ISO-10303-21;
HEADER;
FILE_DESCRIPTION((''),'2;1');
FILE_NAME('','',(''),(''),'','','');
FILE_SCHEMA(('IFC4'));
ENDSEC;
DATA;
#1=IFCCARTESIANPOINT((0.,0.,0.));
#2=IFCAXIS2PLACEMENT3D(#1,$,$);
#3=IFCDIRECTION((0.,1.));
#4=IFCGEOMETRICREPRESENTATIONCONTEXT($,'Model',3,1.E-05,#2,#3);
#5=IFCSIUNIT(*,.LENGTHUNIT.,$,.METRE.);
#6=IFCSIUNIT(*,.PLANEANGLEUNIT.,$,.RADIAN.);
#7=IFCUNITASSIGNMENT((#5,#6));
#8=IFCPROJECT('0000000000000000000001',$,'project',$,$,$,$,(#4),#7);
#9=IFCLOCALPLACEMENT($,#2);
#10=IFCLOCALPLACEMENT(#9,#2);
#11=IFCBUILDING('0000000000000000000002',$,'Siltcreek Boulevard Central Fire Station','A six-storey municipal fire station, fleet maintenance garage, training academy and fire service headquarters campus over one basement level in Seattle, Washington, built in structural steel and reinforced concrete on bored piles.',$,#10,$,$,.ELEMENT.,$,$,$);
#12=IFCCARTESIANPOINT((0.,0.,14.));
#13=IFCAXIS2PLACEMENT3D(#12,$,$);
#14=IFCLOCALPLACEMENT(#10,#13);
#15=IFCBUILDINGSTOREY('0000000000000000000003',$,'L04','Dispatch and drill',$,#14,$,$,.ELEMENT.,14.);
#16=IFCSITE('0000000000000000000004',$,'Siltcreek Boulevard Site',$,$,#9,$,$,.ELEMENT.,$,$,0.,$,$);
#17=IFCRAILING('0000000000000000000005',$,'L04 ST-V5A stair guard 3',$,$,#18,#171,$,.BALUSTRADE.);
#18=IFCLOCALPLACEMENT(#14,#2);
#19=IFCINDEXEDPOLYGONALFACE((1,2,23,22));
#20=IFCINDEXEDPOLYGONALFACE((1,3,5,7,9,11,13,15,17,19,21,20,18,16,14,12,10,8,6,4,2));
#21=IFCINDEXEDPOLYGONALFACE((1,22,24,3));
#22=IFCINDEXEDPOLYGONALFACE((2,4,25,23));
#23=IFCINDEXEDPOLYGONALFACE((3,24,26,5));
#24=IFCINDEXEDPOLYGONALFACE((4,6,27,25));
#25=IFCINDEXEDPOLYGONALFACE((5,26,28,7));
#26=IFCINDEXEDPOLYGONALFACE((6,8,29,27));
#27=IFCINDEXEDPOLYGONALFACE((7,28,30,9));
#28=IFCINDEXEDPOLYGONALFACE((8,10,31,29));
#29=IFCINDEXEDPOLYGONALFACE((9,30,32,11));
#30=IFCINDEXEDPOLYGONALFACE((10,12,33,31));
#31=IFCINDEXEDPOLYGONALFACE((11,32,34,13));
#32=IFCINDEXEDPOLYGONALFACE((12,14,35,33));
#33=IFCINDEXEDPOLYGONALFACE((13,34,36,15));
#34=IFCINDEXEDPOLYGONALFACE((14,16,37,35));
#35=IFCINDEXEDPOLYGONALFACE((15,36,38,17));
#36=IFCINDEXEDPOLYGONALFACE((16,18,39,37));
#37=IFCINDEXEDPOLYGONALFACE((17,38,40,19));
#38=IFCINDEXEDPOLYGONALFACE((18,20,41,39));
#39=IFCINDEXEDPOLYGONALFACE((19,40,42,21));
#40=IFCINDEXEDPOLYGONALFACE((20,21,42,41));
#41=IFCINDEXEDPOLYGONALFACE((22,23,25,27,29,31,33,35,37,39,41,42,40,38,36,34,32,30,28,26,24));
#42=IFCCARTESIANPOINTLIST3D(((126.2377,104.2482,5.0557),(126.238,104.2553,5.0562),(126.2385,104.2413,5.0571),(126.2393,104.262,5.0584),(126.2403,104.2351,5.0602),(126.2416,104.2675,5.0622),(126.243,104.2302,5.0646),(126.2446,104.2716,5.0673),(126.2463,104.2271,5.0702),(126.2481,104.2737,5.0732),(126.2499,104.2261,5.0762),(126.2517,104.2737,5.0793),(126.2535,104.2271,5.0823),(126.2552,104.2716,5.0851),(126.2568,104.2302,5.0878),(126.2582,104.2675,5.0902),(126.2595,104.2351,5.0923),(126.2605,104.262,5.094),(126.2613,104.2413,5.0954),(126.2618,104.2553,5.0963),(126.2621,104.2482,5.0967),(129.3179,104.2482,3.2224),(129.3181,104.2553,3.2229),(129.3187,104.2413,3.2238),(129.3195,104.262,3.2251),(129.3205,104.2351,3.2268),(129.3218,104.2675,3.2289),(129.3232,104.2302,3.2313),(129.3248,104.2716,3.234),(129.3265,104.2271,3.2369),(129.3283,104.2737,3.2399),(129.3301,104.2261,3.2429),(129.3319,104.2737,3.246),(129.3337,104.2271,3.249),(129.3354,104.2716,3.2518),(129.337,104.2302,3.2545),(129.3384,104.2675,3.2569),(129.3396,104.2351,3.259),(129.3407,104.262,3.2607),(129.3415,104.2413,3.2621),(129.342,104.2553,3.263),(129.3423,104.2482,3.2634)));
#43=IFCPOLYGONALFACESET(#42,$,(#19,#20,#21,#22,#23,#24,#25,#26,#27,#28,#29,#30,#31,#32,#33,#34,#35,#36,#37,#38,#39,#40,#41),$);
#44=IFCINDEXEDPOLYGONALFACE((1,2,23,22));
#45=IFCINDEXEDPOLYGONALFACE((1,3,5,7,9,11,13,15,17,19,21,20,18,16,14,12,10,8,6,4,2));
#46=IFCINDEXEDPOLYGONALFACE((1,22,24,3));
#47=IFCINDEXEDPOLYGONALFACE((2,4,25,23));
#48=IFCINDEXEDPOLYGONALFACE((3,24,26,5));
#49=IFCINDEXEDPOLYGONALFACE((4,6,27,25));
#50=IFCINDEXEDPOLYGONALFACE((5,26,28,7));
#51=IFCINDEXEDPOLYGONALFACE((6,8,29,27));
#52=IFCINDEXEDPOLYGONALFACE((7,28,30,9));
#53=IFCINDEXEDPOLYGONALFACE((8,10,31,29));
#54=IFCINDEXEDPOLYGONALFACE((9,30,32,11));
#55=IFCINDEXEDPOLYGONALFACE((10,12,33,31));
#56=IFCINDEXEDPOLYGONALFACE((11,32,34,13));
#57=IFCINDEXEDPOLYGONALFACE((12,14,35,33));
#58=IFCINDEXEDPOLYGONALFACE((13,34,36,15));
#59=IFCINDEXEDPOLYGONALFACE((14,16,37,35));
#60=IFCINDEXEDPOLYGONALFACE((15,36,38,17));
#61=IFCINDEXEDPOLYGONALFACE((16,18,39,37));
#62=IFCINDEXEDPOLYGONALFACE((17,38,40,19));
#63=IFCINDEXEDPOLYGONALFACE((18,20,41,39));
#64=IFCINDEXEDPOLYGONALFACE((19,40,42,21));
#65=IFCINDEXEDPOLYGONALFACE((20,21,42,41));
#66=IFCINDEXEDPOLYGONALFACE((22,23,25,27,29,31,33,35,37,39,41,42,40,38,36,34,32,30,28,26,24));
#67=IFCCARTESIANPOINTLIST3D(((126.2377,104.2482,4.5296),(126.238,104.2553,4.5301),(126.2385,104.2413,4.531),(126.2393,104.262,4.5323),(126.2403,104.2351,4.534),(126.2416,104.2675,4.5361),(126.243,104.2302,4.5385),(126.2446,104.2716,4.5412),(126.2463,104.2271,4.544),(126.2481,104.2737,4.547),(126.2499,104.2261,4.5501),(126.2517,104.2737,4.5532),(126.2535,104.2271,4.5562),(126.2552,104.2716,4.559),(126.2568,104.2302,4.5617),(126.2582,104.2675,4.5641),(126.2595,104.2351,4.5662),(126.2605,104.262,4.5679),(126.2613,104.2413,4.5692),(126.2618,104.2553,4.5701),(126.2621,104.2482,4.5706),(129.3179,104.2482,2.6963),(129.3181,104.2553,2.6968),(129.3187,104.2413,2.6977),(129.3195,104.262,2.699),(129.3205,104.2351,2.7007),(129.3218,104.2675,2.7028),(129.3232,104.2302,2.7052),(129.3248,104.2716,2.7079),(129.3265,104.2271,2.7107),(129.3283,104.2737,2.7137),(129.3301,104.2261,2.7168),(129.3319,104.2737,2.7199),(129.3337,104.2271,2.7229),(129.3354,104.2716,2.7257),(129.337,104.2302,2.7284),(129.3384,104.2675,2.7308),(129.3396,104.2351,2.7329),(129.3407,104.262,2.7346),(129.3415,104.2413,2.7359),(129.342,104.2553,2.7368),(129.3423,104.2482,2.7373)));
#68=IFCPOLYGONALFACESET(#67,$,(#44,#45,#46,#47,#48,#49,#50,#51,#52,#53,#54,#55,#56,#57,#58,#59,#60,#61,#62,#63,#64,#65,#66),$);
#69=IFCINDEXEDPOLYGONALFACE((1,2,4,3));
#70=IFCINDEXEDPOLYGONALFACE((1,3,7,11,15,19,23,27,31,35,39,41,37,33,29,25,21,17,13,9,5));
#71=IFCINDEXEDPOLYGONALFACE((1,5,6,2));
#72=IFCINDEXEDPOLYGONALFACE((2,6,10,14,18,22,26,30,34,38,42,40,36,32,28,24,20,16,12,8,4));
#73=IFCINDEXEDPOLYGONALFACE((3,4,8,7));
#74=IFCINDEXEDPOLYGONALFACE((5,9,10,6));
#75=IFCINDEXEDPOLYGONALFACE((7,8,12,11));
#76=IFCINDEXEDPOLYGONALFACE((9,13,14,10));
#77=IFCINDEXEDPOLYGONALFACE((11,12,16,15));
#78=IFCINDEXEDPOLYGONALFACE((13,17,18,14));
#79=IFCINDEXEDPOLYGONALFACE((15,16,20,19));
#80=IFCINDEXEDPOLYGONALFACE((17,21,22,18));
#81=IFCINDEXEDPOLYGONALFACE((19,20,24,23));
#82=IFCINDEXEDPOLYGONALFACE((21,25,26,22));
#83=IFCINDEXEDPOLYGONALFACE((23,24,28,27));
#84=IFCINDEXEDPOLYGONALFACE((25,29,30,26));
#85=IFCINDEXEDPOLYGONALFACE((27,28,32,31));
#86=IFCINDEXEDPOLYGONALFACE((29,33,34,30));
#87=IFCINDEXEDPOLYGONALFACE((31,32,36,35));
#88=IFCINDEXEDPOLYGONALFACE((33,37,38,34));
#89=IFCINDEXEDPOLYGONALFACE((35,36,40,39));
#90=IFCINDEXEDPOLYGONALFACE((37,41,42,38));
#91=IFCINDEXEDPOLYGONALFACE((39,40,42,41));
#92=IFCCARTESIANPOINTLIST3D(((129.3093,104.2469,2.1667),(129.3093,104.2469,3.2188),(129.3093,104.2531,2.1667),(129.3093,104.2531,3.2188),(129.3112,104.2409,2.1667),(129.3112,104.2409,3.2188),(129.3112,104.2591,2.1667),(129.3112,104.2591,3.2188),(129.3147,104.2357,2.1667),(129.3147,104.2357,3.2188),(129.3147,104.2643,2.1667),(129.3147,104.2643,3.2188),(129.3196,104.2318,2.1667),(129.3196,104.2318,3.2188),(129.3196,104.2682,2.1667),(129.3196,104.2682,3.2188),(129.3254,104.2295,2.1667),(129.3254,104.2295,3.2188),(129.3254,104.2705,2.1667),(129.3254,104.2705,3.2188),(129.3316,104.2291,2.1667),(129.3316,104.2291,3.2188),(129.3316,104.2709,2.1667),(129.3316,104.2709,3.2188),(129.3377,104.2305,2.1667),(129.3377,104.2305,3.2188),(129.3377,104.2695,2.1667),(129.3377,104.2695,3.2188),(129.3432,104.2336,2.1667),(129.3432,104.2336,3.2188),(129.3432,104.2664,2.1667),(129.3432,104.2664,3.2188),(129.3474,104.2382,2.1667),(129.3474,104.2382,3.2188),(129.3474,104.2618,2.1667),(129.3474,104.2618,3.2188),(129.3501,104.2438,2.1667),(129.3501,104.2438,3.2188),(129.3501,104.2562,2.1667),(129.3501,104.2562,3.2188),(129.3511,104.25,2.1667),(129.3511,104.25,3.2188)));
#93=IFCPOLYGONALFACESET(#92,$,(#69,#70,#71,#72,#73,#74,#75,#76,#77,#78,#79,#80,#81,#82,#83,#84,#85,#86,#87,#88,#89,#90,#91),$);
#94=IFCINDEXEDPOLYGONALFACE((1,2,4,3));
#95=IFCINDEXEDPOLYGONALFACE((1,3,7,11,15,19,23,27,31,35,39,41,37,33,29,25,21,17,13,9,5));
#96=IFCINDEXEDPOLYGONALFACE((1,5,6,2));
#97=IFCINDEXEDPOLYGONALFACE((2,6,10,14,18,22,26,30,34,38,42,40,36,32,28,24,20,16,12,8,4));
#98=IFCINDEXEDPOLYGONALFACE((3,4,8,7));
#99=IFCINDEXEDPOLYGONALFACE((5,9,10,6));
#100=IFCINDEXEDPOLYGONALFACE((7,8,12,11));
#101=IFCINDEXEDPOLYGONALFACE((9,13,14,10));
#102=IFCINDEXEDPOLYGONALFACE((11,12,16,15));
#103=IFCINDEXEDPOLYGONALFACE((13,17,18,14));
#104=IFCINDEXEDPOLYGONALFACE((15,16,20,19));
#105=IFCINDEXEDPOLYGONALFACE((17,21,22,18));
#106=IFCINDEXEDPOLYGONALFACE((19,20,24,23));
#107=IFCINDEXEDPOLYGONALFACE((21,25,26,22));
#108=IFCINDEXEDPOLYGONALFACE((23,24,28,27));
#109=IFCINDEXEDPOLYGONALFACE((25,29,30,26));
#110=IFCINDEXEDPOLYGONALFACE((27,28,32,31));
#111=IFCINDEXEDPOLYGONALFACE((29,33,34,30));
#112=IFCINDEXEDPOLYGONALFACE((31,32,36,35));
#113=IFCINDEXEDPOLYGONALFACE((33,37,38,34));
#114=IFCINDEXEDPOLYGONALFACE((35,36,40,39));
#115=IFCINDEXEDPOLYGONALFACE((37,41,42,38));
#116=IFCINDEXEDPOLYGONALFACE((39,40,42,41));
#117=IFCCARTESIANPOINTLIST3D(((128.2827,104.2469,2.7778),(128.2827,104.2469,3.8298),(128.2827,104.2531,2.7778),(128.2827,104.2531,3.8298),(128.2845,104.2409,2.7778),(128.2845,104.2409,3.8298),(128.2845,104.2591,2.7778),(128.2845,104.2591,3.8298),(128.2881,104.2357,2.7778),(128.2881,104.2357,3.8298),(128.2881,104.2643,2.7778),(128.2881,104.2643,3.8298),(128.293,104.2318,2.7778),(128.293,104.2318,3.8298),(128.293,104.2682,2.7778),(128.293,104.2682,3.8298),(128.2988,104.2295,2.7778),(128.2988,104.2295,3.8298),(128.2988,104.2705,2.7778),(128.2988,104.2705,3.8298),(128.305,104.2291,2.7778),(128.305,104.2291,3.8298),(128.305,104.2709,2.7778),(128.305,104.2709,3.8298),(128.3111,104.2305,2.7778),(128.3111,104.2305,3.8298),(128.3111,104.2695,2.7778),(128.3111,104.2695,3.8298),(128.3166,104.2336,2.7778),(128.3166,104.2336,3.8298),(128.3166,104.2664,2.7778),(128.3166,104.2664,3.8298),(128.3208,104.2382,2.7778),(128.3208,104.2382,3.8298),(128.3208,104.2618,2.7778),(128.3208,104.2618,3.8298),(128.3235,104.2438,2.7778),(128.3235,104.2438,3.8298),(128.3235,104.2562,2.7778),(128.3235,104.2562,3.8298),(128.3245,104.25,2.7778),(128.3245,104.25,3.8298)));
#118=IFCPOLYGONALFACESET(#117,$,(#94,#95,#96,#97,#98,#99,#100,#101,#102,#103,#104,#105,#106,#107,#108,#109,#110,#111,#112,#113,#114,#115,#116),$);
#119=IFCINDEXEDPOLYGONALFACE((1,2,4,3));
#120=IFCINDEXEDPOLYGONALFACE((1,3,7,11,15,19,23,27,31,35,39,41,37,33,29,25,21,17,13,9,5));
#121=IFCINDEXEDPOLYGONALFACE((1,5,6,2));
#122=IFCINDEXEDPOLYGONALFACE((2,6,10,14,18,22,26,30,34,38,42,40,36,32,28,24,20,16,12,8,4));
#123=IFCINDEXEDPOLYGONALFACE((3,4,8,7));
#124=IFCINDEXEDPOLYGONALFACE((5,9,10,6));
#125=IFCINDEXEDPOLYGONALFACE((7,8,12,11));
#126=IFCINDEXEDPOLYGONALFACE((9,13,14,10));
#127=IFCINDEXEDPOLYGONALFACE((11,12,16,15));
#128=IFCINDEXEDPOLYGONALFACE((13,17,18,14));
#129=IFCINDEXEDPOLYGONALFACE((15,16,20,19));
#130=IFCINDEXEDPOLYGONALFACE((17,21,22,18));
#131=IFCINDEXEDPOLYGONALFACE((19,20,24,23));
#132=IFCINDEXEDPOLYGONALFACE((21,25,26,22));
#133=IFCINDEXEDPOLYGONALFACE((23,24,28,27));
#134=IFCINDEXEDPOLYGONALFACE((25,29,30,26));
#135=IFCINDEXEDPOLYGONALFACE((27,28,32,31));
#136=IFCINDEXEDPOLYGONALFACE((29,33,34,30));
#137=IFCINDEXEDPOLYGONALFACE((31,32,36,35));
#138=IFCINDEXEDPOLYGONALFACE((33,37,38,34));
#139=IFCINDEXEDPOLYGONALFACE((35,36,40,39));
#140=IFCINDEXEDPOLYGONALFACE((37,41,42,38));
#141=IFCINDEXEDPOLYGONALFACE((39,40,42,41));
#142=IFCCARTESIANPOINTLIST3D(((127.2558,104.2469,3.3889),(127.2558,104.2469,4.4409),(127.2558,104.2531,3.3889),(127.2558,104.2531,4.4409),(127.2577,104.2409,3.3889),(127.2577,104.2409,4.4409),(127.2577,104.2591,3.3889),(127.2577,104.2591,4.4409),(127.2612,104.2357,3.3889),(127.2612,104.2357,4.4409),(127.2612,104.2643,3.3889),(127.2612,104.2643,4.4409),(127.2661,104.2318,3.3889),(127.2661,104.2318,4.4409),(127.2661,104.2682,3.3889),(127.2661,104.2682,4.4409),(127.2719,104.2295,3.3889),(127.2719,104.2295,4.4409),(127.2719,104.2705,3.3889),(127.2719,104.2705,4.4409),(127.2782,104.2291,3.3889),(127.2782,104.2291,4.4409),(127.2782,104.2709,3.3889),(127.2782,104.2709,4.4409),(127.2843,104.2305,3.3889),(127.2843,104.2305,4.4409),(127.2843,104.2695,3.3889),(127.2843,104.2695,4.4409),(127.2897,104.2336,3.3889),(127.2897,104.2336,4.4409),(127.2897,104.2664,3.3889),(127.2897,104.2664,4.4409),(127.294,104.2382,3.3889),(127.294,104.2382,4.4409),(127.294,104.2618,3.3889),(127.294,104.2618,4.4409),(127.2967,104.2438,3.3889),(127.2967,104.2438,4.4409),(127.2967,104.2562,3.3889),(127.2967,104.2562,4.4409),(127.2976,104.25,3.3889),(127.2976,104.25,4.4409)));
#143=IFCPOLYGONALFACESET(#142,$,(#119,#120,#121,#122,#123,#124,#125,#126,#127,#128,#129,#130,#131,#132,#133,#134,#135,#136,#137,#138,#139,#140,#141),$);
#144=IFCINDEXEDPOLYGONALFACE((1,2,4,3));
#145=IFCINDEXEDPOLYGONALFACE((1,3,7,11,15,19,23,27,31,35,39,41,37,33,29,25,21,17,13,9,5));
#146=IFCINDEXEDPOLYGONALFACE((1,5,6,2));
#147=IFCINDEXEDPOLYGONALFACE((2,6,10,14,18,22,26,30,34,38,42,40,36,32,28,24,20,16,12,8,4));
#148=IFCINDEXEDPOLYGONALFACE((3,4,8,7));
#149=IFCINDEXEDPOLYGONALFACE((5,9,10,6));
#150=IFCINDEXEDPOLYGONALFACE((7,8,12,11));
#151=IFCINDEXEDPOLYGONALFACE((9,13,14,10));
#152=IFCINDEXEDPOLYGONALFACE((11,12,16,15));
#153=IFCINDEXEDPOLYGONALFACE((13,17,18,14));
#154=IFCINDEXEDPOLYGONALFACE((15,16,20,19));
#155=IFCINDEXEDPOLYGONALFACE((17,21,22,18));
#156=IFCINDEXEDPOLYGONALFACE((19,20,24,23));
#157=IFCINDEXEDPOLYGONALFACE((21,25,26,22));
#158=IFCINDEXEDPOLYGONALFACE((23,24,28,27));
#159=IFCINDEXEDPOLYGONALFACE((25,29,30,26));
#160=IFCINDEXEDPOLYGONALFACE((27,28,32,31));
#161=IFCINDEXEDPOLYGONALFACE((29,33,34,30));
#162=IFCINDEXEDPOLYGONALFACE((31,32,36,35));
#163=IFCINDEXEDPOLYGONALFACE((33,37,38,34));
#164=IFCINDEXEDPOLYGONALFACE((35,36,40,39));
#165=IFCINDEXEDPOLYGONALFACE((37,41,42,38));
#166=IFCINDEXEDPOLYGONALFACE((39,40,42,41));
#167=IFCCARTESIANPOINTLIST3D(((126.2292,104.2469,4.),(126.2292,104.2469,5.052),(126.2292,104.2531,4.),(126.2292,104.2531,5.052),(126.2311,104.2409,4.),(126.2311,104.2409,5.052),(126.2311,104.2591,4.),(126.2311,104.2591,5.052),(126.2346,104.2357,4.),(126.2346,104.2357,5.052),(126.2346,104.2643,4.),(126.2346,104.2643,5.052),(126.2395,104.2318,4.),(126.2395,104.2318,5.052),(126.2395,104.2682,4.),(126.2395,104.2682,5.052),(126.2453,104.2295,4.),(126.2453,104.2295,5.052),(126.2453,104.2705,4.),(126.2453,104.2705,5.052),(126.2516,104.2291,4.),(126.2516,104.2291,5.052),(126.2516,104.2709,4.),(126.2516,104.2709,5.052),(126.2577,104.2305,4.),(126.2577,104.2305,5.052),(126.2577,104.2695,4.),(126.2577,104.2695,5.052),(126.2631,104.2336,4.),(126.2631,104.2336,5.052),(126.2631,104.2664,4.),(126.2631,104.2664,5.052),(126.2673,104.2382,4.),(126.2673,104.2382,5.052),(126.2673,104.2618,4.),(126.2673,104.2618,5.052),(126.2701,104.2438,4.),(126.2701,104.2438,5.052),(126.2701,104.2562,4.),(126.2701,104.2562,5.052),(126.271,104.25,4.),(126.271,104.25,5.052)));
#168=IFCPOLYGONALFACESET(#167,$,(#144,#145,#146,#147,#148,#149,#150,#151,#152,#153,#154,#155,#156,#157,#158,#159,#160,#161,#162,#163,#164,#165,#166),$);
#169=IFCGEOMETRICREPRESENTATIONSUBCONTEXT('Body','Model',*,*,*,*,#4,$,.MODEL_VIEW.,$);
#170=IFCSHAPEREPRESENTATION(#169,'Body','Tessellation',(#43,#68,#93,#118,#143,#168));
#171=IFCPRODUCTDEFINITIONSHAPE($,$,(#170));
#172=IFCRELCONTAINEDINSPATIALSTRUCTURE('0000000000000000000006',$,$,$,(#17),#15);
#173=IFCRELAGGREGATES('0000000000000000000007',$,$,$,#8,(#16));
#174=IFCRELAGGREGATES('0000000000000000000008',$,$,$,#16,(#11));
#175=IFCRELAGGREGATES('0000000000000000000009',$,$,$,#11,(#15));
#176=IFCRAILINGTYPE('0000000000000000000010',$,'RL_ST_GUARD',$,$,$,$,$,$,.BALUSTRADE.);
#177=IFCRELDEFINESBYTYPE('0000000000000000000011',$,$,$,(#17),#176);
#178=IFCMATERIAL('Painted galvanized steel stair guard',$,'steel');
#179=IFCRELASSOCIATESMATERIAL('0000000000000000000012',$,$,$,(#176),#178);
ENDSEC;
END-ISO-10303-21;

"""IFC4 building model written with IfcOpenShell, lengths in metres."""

from ifc_helpers import new_model, si_unit, direction, frame, origin, origin_2d, place, context, subcontext, project, spatial, circle, extrude, material, type_object, element, save


model = new_model("IFC4")

# Units and contexts
model_context = context("Model", 3, precision=1e-05, world=origin(), true_north=direction((0.0, 1.0)))
body_context = subcontext(model_context, "Body", "Model", "MODEL_VIEW")
ifc_project = project(units=[si_unit("LENGTHUNIT", "METRE"), si_unit("PLANEANGLEUNIT", "RADIAN")], contexts=[model_context])

# Site, building, storey
site_placement = place(None, origin())
site = spatial("IfcSite", under=ifc_project, at=site_placement, Name="Siltcreek Boulevard Site", CompositionType="ELEMENT", RefElevation=0.0)
building_placement = place(site_placement, origin())
building = spatial("IfcBuilding", under=site, at=building_placement, Name="Siltcreek Boulevard Central Fire Station", Description="A six-storey municipal fire station, fleet maintenance garage, training academy and fire service headquarters campus over one basement level in Seattle, Washington, built in structural steel and reinforced concrete on bored piles.", CompositionType="ELEMENT")
storey_placement = place(building_placement, frame((0.0, 0.0, 14.0)))
storey = spatial("IfcBuildingStorey", under=building, at=storey_placement, Name="L04", Description="Dispatch and drill", CompositionType="ELEMENT", Elevation=14.0)

# Railing
ifc_material_1 = material(Name="Painted galvanized steel stair guard", Category="steel")
railing_type_1 = type_object("IfcRailingType", Name="RL_ST_GUARD", PredefinedType="BALUSTRADE", material=ifc_material_1)
railing_1_placement = place(storey_placement, frame((129.3301, 104.25, 2.1667)))
element("IfcRailing", 1, at=railing_1_placement, inside=storey, type_object=railing_type_1, Name="L04 ST-V5A stair guard 3", PredefinedType="BALUSTRADE", context=body_context, shape_type="SweptSolid", body=[
    extrude(circle(Radius=0.0239, at=origin_2d()), frame((0.0, 0.0, 1.0762), z_axis=(-0.859309, 0.0, 0.511458), x_axis=(0.0, -1.0, 0.0)), (0.0, 0.0, 1.0), 3.5845),
    extrude(circle(Radius=0.0239, at=origin_2d()), frame((0.0, 0.0, 0.55), z_axis=(-0.859309, 0.0, 0.511458), x_axis=(0.0, -1.0, 0.0)), (0.0, 0.0, 1.0), 3.5845),
    extrude(circle(Radius=0.021, at=origin_2d()), origin(), (0.0, 0.0, 1.0), 1.052),
    extrude(circle(Radius=0.021, at=origin_2d()), frame((-1.0266, 0.0, 0.6111)), (0.0, 0.0, 1.0), 1.052),
    extrude(circle(Radius=0.021, at=origin_2d()), frame((-2.0535, 0.0, 1.2222)), (0.0, 0.0, 1.0), 1.052),
    extrude(circle(Radius=0.021, at=origin_2d()), frame((-3.0801, 0.0, 1.8333)), (0.0, 0.0, 1.0), 1.052),
])

save(model, "model.ifc")
